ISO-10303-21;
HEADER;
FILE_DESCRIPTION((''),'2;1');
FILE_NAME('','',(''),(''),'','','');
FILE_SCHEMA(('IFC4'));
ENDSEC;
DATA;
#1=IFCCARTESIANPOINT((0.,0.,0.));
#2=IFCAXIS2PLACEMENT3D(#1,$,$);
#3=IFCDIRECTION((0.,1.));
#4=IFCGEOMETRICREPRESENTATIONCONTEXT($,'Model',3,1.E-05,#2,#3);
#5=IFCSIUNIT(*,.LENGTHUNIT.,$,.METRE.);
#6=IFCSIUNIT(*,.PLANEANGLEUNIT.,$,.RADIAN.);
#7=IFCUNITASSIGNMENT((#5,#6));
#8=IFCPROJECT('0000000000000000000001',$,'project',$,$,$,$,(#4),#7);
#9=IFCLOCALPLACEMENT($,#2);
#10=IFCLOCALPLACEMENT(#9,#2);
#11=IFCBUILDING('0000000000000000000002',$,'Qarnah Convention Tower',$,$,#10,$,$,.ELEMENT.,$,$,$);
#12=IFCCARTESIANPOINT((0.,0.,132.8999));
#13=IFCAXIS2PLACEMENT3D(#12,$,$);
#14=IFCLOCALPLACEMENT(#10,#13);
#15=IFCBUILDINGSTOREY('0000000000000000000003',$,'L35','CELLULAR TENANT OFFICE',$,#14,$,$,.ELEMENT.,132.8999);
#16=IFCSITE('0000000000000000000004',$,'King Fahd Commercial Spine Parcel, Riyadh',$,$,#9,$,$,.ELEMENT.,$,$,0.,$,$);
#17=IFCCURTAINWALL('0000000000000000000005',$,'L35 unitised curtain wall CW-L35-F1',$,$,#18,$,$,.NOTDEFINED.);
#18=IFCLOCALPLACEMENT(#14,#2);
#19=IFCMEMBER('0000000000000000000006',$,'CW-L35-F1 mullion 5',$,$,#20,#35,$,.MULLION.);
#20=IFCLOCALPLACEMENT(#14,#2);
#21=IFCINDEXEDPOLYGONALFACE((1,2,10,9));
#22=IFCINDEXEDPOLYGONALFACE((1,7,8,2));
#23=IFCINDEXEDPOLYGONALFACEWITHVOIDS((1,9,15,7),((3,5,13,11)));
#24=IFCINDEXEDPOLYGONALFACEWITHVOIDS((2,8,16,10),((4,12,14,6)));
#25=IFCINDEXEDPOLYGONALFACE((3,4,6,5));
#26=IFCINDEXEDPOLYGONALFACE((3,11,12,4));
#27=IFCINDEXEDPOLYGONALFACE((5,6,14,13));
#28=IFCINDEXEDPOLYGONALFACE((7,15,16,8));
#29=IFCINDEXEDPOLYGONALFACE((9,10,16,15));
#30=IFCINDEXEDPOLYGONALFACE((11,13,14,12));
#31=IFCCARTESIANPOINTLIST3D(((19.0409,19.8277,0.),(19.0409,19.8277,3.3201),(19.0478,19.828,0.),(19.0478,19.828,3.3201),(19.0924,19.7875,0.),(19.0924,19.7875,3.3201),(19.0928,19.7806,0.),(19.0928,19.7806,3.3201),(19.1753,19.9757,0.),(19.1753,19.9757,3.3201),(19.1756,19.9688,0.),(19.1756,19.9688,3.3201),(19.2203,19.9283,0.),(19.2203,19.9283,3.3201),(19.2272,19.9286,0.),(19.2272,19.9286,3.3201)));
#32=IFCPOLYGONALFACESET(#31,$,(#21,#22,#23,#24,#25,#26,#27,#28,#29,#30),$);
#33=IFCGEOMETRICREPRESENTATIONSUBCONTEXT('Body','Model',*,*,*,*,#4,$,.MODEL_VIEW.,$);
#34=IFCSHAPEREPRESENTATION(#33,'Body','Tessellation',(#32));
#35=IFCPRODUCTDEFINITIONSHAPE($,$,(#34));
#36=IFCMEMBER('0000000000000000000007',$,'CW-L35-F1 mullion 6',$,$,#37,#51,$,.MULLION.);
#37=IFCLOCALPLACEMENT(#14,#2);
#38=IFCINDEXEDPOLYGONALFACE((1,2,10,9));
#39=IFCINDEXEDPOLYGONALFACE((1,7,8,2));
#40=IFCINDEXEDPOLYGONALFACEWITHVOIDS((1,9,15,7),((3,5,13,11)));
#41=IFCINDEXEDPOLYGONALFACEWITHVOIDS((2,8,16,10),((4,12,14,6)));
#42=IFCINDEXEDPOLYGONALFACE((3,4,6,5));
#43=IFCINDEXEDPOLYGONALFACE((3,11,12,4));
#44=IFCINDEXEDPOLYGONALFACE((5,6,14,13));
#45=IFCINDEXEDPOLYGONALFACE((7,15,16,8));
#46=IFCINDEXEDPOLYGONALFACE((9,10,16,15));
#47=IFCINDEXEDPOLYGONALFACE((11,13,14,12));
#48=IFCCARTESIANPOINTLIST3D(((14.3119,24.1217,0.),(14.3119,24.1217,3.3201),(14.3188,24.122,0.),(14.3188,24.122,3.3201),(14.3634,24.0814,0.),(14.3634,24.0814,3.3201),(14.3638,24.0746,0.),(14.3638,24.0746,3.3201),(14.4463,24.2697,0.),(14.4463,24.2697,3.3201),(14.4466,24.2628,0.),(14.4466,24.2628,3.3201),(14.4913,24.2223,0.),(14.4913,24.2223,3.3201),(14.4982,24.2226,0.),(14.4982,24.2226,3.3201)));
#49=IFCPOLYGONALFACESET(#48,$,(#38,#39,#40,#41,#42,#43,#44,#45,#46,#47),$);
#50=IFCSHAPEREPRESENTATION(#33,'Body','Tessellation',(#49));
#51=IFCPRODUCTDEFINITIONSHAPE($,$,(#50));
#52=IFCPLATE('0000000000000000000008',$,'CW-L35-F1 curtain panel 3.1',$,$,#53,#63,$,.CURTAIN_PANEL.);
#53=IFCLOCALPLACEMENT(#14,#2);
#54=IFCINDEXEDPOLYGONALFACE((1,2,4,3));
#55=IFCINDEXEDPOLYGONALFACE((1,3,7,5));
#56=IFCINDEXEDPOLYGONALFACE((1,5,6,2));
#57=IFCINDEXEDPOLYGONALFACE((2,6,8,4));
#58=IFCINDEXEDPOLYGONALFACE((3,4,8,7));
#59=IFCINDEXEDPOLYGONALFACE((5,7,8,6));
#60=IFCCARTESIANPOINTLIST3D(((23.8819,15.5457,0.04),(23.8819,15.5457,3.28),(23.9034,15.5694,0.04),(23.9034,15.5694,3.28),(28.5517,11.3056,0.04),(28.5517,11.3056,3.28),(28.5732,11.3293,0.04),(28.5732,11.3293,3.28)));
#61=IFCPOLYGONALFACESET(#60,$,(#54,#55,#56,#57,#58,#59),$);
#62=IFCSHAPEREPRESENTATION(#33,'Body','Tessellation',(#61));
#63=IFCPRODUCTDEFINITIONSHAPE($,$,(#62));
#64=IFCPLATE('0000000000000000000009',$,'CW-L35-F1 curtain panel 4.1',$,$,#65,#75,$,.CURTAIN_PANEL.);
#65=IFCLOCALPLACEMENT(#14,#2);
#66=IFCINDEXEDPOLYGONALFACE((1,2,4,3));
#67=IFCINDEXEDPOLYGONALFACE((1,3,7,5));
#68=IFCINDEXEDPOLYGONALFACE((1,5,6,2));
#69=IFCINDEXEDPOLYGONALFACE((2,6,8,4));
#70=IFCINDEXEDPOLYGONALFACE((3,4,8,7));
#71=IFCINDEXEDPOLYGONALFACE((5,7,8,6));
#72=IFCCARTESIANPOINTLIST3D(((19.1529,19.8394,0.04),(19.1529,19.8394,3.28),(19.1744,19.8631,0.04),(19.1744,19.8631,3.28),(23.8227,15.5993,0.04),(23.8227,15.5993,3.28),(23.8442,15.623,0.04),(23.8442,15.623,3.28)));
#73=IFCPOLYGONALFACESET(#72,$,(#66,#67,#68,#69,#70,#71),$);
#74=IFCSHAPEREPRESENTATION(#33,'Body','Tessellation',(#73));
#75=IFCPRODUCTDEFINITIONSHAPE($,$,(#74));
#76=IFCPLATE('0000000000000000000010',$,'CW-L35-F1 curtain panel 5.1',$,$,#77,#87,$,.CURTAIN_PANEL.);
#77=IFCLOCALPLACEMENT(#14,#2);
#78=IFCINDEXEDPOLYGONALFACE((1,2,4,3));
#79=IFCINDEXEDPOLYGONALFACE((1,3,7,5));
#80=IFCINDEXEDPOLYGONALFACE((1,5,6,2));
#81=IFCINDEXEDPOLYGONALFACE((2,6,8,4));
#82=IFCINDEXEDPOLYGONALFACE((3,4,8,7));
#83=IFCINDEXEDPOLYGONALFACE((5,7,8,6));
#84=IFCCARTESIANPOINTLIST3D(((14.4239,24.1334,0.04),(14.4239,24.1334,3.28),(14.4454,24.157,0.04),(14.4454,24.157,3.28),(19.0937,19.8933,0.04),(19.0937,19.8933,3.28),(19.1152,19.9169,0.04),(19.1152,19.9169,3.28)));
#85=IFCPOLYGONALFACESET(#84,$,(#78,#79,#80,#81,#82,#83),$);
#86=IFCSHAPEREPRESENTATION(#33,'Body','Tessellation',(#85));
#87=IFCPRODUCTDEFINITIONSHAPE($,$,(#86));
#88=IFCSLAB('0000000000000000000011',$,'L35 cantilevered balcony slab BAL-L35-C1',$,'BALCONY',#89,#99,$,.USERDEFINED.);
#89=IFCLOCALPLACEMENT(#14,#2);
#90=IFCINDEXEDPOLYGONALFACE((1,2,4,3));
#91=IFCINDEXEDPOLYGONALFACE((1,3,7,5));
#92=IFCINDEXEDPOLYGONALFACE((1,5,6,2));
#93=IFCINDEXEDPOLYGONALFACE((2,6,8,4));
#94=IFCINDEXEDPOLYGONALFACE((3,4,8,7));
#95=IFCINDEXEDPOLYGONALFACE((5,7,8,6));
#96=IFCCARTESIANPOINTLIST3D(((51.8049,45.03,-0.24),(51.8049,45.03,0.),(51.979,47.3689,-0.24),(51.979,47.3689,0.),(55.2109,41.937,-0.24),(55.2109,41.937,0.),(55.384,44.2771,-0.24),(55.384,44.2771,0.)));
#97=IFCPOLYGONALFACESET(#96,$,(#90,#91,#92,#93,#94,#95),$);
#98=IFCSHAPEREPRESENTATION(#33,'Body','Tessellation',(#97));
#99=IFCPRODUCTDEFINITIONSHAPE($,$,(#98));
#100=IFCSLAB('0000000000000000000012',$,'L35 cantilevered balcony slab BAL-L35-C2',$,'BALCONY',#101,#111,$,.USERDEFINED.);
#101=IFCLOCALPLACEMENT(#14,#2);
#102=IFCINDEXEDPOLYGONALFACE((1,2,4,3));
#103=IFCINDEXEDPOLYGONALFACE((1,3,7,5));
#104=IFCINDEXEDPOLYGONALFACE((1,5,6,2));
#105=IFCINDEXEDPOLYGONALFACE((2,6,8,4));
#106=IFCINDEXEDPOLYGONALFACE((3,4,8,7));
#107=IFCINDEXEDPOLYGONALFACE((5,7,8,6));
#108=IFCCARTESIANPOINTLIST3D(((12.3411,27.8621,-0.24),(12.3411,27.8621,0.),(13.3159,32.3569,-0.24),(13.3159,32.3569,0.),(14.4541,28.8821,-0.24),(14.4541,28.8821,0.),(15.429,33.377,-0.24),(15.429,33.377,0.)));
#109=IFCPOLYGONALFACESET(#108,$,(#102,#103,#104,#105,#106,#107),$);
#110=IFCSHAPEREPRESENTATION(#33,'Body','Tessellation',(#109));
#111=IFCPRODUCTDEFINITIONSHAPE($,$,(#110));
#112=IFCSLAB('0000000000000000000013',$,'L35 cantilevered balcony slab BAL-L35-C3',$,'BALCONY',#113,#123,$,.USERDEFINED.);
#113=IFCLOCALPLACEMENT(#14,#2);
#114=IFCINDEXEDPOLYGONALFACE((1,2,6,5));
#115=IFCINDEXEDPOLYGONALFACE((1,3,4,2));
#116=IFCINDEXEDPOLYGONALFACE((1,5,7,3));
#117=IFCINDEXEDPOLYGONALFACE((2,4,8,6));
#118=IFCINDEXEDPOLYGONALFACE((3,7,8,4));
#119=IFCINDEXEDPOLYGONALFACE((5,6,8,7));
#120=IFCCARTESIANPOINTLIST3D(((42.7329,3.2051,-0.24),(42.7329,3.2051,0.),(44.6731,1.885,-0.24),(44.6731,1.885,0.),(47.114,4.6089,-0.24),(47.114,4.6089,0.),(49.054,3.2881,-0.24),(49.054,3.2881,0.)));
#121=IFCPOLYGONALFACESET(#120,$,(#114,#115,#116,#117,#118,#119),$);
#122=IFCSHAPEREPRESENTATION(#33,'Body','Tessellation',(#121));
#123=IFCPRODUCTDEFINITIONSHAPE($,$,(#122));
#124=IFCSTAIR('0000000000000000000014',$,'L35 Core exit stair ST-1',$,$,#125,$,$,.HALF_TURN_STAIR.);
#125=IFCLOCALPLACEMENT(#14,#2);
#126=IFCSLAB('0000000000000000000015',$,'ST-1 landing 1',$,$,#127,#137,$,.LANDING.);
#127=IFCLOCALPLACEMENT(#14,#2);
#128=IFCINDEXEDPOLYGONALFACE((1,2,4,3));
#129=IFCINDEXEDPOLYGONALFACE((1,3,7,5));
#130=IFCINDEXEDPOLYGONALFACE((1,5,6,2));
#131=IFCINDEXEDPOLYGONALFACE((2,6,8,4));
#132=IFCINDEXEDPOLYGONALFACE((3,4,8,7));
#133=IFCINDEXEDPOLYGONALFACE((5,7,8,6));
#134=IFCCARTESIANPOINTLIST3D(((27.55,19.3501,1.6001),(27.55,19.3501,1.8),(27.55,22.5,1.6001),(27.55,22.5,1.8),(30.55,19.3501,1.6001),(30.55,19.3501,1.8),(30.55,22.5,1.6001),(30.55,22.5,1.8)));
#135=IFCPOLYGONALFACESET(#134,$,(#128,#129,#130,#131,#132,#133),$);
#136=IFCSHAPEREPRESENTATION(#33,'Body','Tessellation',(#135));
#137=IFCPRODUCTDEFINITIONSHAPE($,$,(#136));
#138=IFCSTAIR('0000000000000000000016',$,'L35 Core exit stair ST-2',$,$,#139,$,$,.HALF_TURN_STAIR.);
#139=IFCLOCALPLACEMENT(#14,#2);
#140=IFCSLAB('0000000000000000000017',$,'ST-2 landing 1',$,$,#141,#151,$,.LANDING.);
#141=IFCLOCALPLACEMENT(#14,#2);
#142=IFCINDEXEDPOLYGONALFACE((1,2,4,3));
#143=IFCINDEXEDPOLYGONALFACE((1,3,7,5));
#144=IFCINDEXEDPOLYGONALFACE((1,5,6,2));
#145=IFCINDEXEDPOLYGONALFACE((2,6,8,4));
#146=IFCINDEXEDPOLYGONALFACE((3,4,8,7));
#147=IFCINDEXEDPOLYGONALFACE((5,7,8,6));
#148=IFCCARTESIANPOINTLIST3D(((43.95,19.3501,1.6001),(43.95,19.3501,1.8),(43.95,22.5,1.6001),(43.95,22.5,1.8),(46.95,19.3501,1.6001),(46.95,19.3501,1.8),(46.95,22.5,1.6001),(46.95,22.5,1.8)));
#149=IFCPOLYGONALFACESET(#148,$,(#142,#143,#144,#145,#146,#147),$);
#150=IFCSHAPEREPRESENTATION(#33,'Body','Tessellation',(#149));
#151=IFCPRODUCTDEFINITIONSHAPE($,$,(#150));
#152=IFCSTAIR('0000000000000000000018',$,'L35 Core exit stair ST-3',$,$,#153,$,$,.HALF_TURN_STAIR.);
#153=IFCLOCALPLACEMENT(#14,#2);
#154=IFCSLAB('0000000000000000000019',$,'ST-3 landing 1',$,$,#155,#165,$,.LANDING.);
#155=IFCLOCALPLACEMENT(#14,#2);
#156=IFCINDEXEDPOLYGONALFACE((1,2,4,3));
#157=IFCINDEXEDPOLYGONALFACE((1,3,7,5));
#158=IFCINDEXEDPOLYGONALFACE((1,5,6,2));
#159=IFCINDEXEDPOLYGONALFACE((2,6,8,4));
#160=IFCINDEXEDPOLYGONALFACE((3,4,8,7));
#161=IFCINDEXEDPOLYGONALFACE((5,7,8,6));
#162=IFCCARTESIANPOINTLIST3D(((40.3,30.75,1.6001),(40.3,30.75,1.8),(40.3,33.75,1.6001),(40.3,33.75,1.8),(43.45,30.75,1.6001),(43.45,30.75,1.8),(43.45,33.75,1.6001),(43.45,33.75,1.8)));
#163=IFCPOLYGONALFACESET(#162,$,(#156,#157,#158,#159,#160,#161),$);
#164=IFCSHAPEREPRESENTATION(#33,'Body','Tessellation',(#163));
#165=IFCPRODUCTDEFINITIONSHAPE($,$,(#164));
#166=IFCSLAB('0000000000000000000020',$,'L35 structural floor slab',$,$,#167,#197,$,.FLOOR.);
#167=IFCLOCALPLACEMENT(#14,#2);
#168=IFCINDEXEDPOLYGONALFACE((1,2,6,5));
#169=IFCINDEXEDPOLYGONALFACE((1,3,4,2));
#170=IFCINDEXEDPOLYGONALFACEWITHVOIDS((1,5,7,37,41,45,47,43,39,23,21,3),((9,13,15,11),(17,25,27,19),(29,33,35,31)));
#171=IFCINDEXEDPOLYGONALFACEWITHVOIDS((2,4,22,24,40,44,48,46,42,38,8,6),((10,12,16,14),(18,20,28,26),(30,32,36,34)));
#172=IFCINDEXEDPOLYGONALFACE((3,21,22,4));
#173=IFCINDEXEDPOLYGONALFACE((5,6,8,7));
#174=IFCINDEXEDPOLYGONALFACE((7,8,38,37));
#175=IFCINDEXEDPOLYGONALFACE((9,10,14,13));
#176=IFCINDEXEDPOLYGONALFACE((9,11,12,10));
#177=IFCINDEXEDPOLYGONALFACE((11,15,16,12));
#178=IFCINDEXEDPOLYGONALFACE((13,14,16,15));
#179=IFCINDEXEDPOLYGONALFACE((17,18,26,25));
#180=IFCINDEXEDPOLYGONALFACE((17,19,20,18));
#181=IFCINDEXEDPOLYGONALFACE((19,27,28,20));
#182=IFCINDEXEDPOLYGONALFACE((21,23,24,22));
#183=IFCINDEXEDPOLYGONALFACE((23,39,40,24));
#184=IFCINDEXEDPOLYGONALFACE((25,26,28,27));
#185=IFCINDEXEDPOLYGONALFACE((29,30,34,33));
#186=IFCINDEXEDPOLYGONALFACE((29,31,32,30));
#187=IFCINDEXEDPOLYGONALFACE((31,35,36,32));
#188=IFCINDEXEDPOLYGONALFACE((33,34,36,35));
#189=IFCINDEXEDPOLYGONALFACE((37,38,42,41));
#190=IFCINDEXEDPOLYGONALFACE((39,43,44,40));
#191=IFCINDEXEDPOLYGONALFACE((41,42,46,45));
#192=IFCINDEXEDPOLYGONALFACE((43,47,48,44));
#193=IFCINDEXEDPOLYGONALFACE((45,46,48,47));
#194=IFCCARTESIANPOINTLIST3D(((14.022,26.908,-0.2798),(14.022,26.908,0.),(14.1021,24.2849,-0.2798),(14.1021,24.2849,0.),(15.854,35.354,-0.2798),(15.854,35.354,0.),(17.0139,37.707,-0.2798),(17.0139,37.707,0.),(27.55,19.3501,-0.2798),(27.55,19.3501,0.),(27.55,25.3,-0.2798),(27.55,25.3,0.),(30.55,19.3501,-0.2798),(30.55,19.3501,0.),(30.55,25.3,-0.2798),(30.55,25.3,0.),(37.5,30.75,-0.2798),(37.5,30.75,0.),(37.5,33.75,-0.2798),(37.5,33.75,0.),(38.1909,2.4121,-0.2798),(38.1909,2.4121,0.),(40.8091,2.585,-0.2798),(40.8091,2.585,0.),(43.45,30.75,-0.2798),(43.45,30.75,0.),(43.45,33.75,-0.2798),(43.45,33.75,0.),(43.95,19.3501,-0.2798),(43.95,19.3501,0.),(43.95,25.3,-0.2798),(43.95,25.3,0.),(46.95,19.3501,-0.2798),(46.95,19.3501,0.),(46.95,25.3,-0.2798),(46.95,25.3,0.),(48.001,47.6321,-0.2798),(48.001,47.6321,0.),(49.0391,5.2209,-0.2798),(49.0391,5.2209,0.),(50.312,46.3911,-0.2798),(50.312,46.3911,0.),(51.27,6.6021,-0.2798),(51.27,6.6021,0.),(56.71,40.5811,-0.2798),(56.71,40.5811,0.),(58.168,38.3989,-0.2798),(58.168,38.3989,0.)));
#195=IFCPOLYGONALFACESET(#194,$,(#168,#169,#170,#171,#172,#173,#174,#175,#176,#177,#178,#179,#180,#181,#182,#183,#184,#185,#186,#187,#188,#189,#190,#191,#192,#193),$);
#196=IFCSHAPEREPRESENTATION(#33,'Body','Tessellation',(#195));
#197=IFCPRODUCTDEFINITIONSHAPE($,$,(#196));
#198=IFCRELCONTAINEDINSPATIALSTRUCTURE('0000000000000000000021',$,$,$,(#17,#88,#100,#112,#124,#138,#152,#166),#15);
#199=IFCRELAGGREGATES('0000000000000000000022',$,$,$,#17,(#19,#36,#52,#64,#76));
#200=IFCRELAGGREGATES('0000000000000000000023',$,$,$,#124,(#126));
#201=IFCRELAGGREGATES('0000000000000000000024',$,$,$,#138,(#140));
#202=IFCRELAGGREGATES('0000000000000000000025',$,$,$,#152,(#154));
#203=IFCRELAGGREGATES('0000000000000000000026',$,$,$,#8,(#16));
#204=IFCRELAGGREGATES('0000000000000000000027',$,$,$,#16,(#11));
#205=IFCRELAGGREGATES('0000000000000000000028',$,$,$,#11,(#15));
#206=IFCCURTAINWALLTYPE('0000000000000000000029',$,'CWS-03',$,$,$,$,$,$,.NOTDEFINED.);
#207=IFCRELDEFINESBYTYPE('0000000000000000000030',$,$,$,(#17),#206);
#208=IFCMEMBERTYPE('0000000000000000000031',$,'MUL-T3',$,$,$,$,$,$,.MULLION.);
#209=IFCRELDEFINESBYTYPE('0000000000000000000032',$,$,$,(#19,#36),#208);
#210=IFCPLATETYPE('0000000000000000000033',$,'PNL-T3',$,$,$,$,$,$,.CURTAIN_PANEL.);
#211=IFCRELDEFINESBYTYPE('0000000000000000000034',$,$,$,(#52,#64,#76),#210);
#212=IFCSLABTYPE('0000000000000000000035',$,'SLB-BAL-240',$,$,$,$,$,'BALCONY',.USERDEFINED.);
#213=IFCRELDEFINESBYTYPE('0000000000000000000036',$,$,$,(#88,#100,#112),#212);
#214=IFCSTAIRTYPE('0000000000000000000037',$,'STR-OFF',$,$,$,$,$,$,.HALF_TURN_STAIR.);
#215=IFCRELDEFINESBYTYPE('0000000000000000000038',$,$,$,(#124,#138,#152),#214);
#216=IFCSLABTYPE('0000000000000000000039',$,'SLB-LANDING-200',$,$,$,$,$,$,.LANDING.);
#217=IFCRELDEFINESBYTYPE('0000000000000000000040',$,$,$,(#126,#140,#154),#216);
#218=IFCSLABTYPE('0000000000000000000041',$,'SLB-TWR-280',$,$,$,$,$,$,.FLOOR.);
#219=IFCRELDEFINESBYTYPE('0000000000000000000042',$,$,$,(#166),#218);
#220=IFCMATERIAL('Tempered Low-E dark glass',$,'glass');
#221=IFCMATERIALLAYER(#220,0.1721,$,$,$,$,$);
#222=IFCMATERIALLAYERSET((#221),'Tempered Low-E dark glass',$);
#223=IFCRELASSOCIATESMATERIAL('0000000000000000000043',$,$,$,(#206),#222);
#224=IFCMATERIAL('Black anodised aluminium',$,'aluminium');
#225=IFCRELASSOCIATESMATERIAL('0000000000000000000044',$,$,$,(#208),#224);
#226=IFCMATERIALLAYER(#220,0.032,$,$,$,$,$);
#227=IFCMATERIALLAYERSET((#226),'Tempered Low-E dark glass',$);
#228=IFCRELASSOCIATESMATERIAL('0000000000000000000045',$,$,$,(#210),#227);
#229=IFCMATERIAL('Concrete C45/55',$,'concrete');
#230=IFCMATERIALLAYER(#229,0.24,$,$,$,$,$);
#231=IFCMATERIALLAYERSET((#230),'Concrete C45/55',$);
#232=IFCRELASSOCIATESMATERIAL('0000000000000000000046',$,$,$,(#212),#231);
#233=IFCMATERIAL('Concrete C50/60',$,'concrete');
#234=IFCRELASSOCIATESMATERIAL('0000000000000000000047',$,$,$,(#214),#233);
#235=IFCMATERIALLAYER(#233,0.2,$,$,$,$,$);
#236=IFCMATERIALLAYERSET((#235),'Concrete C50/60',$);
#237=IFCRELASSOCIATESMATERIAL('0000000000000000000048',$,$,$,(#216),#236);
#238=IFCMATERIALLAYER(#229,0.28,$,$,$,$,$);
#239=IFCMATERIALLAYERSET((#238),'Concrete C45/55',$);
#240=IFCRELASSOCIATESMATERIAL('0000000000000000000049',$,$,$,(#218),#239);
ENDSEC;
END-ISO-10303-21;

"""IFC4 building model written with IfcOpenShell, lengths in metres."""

from ifc_helpers import new_model, si_unit, direction, frame, origin, origin_2d, place, context, subcontext, project, spatial, polyline, rectangle, hollow_rectangle, outline, extrude, material, layer, layer_set, material_profile, profile_set, type_object, element, aggregate, save


model = new_model("IFC4")

# Units and contexts
model_context = context("Model", 3, precision=1e-05, world=origin(), true_north=direction((0.0, 1.0)))
body_context = subcontext(model_context, "Body", "Model", "MODEL_VIEW")
ifc_project = project(units=[si_unit("LENGTHUNIT", "METRE"), si_unit("PLANEANGLEUNIT", "RADIAN")], contexts=[model_context])

# Site, building, storey
site_placement = place(None, origin())
site = spatial("IfcSite", under=ifc_project, at=site_placement, Name="King Fahd Commercial Spine Parcel, Riyadh", CompositionType="ELEMENT", RefElevation=0.0)
building_placement = place(site_placement, origin())
building = spatial("IfcBuilding", under=site, at=building_placement, Name="Qarnah Convention Tower", CompositionType="ELEMENT")
storey_placement = place(building_placement, frame((0.0, 0.0, 132.8999)))
storey = spatial("IfcBuildingStorey", under=building, at=storey_placement, Name="L35", Description="CELLULAR TENANT OFFICE", CompositionType="ELEMENT", Elevation=132.8999)

# Curtain wall, members, plates
ifc_material_1 = material(Name="Tempered Low-E dark glass", Category="glass")
ifc_layer_1 = layer(ifc_material_1, 0.1721)
ifc_layer_set_1 = layer_set([ifc_layer_1], Name="Tempered Low-E dark glass")
curtain_wall_type = type_object("IfcCurtainWallType", Name="CWS-03", PredefinedType="NOTDEFINED", material=ifc_layer_set_1)
curtain_wall_placement = place(storey_placement, origin())
curtain_wall = element("IfcCurtainWall", 1, at=curtain_wall_placement, inside=storey, type_object=curtain_wall_type, Name="L35 unitised curtain wall CW-L35-F1", PredefinedType="NOTDEFINED")
ifc_material_2 = material(Name="Black anodised aluminium", Category="aluminium")
ifc_material_profile_1 = material_profile(ifc_material_2, hollow_rectangle(XDim=0.0701, YDim=0.2, WallThickness=0.0049, at=origin_2d()), Name="MUL-70X200")
ifc_profile_set_1 = profile_set([ifc_material_profile_1], Name="Black anodised aluminium")
member_type = type_object("IfcMemberType", Name="MUL-T3", PredefinedType="MULLION", material=ifc_profile_set_1)
member_1_placement = place(storey_placement, frame((19.134, 19.8782, 0.0), z_axis=(0.0, 0.0, 1.0), x_axis=(-0.740352, 0.672219, 0.0)))
member_1 = element("IfcMember", 2, at=member_1_placement, type_object=member_type, Name="CW-L35-F1 mullion 5", PredefinedType="MULLION", context=body_context, shape_type="SweptSolid", body=[
    extrude(hollow_rectangle(XDim=0.0701, YDim=0.2, WallThickness=0.0049, at=origin_2d()), origin(), (0.0, 0.0, 1.0), 3.3201),
])
member_2_placement = place(storey_placement, frame((14.405, 24.1721, 0.0), z_axis=(0.0, 0.0, 1.0), x_axis=(-0.740352, 0.672219, 0.0)))
member_2 = element("IfcMember", 3, at=member_2_placement, type_object=member_type, Name="CW-L35-F1 mullion 6", PredefinedType="MULLION", context=body_context, shape_type="SweptSolid", body=[
    extrude(hollow_rectangle(XDim=0.0701, YDim=0.2, WallThickness=0.0049, at=origin_2d()), origin(), (0.0, 0.0, 1.0), 3.3201),
])
ifc_layer_2 = layer(ifc_material_1, 0.032)
ifc_layer_set_2 = layer_set([ifc_layer_2], Name="Tempered Low-E dark glass")
plate_type = type_object("IfcPlateType", Name="PNL-T3", PredefinedType="CURTAIN_PANEL", material=ifc_layer_set_2)
plate_1_placement = place(storey_placement, frame((26.2275, 13.4375, 0.04), z_axis=(0.0, 0.0, 1.0), x_axis=(-0.740352, 0.672219, 0.0)))
plate_1 = element("IfcPlate", 4, at=plate_1_placement, type_object=plate_type, Name="CW-L35-F1 curtain panel 3.1", PredefinedType="CURTAIN_PANEL", context=body_context, shape_type="SweptSolid", body=[
    extrude(rectangle(XDim=6.3076, YDim=0.032, at=origin_2d()), origin(), (0.0, 0.0, 1.0), 3.24),
])
plate_2_placement = place(storey_placement, frame((21.4985, 17.7312, 0.04), z_axis=(0.0, 0.0, 1.0), x_axis=(-0.740352, 0.672219, 0.0)))
plate_2 = element("IfcPlate", 5, at=plate_2_placement, type_object=plate_type, Name="CW-L35-F1 curtain panel 4.1", PredefinedType="CURTAIN_PANEL", context=body_context, shape_type="SweptSolid", body=[
    extrude(rectangle(XDim=6.3076, YDim=0.032, at=origin_2d()), origin(), (0.0, 0.0, 1.0), 3.24),
])
plate_3_placement = place(storey_placement, frame((16.7695, 22.0251, 0.04), z_axis=(0.0, 0.0, 1.0), x_axis=(-0.740352, 0.672219, 0.0)))
plate_3 = element("IfcPlate", 6, at=plate_3_placement, type_object=plate_type, Name="CW-L35-F1 curtain panel 5.1", PredefinedType="CURTAIN_PANEL", context=body_context, shape_type="SweptSolid", body=[
    extrude(rectangle(XDim=6.3076, YDim=0.032, at=origin_2d()), origin(), (0.0, 0.0, 1.0), 3.24),
])
aggregate(curtain_wall, [member_1, member_2, plate_1, plate_2, plate_3])

# Slabs
ifc_material_3 = material(Name="Concrete C45/55", Category="concrete")
ifc_layer_3 = layer(ifc_material_3, 0.24)
ifc_layer_set_3 = layer_set([ifc_layer_3], Name="Concrete C45/55")
slab_type_1 = type_object("IfcSlabType", Name="SLB-BAL-240", ElementType="BALCONY", PredefinedType="USERDEFINED", material=ifc_layer_set_3)
slab_1_placement = place(storey_placement, frame((0.0, 0.0, -0.24)))
element("IfcSlab", 7, at=slab_1_placement, inside=storey, type_object=slab_type_1, Name="L35 cantilevered balcony slab BAL-L35-C1", ObjectType="BALCONY", PredefinedType="USERDEFINED", context=body_context, shape_type="SweptSolid", body=[
    extrude(outline(polyline([(51.979, 47.3689), (55.384, 44.2771), (55.2109, 41.937), (51.8049, 45.03), (51.979, 47.3689)])), origin(), (0.0, 0.0, 1.0), 0.24),
])
slab_2_placement = place(storey_placement, frame((0.0, 0.0, -0.24)))
element("IfcSlab", 8, at=slab_2_placement, inside=storey, type_object=slab_type_1, Name="L35 cantilevered balcony slab BAL-L35-C2", ObjectType="BALCONY", PredefinedType="USERDEFINED", context=body_context, shape_type="SweptSolid", body=[
    extrude(outline(polyline([(12.3411, 27.8621), (13.3159, 32.3569), (15.429, 33.377), (14.4541, 28.8821), (12.3411, 27.8621)])), origin(), (0.0, 0.0, 1.0), 0.24),
])
slab_3_placement = place(storey_placement, frame((0.0, 0.0, -0.24)))
element("IfcSlab", 9, at=slab_3_placement, inside=storey, type_object=slab_type_1, Name="L35 cantilevered balcony slab BAL-L35-C3", ObjectType="BALCONY", PredefinedType="USERDEFINED", context=body_context, shape_type="SweptSolid", body=[
    extrude(outline(polyline([(49.054, 3.2881), (44.6731, 1.885), (42.7329, 3.2051), (47.114, 4.6089), (49.054, 3.2881)])), origin(), (0.0, 0.0, 1.0), 0.24),
])

# Stairs, slabs
ifc_material_4 = material(Name="Concrete C50/60", Category="concrete")
stair_type = type_object("IfcStairType", Name="STR-OFF", PredefinedType="HALF_TURN_STAIR", material=ifc_material_4)
stair_1_placement = place(storey_placement, origin())
stair_1 = element("IfcStair", 10, at=stair_1_placement, inside=storey, type_object=stair_type, Name="L35 Core exit stair ST-1", PredefinedType="HALF_TURN_STAIR")
ifc_layer_4 = layer(ifc_material_4, 0.2)
ifc_layer_set_4 = layer_set([ifc_layer_4], Name="Concrete C50/60")
slab_type_2 = type_object("IfcSlabType", Name="SLB-LANDING-200", PredefinedType="LANDING", material=ifc_layer_set_4)
slab_4_placement = place(storey_placement, frame((0.0, 0.0, 1.6001)))
slab_4 = element("IfcSlab", 11, at=slab_4_placement, type_object=slab_type_2, Name="ST-1 landing 1", PredefinedType="LANDING", context=body_context, shape_type="SweptSolid", body=[
    extrude(outline(polyline([(27.55, 22.5), (27.55, 19.3501), (30.55, 19.3501), (30.55, 22.5), (27.55, 22.5)])), origin(), (0.0, 0.0, 1.0), 0.2),
])
aggregate(stair_1, [slab_4])
stair_2_placement = place(storey_placement, origin())
stair_2 = element("IfcStair", 12, at=stair_2_placement, inside=storey, type_object=stair_type, Name="L35 Core exit stair ST-2", PredefinedType="HALF_TURN_STAIR")
slab_5_placement = place(storey_placement, frame((0.0, 0.0, 1.6001)))
slab_5 = element("IfcSlab", 13, at=slab_5_placement, type_object=slab_type_2, Name="ST-2 landing 1", PredefinedType="LANDING", context=body_context, shape_type="SweptSolid", body=[
    extrude(outline(polyline([(43.95, 22.5), (43.95, 19.3501), (46.95, 19.3501), (46.95, 22.5), (43.95, 22.5)])), origin(), (0.0, 0.0, 1.0), 0.2),
])
aggregate(stair_2, [slab_5])
stair_3_placement = place(storey_placement, origin())
stair_3 = element("IfcStair", 14, at=stair_3_placement, inside=storey, type_object=stair_type, Name="L35 Core exit stair ST-3", PredefinedType="HALF_TURN_STAIR")
slab_6_placement = place(storey_placement, frame((0.0, 0.0, 1.6001)))
slab_6 = element("IfcSlab", 15, at=slab_6_placement, type_object=slab_type_2, Name="ST-3 landing 1", PredefinedType="LANDING", context=body_context, shape_type="SweptSolid", body=[
    extrude(outline(polyline([(40.3, 30.75), (43.45, 30.75), (43.45, 33.75), (40.3, 33.75), (40.3, 30.75)])), origin(), (0.0, 0.0, 1.0), 0.2),
])
aggregate(stair_3, [slab_6])

# Slab
ifc_layer_5 = layer(ifc_material_3, 0.28)
ifc_layer_set_5 = layer_set([ifc_layer_5], Name="Concrete C45/55")
slab_type_3 = type_object("IfcSlabType", Name="SLB-TWR-280", PredefinedType="FLOOR", material=ifc_layer_set_5)
slab_7_placement = place(storey_placement, frame((0.0, 0.0, -0.2798)))
element("IfcSlab", 16, at=slab_7_placement, inside=storey, type_object=slab_type_3, Name="L35 structural floor slab", PredefinedType="FLOOR", context=body_context, shape_type="SweptSolid", body=[
    extrude(outline(polyline([(48.001, 47.6321), (17.0139, 37.707), (15.854, 35.354), (14.022, 26.908), (14.1021, 24.2849), (38.1909, 2.4121), (40.8091, 2.585), (49.0391, 5.2209), (51.27, 6.6021), (58.168, 38.3989), (56.71, 40.5811), (50.312, 46.3911), (48.001, 47.6321)]), holes=[polyline([(27.55, 25.3), (27.55, 19.3501), (30.55, 19.3501), (30.55, 25.3), (27.55, 25.3)]), polyline([(43.95, 25.3), (43.95, 19.3501), (46.95, 19.3501), (46.95, 25.3), (43.95, 25.3)]), polyline([(37.5, 30.75), (43.45, 30.75), (43.45, 33.75), (37.5, 33.75), (37.5, 30.75)])]), origin(), (0.0, 0.0, 1.0), 0.2798),
])

save(model, "model.ifc")
